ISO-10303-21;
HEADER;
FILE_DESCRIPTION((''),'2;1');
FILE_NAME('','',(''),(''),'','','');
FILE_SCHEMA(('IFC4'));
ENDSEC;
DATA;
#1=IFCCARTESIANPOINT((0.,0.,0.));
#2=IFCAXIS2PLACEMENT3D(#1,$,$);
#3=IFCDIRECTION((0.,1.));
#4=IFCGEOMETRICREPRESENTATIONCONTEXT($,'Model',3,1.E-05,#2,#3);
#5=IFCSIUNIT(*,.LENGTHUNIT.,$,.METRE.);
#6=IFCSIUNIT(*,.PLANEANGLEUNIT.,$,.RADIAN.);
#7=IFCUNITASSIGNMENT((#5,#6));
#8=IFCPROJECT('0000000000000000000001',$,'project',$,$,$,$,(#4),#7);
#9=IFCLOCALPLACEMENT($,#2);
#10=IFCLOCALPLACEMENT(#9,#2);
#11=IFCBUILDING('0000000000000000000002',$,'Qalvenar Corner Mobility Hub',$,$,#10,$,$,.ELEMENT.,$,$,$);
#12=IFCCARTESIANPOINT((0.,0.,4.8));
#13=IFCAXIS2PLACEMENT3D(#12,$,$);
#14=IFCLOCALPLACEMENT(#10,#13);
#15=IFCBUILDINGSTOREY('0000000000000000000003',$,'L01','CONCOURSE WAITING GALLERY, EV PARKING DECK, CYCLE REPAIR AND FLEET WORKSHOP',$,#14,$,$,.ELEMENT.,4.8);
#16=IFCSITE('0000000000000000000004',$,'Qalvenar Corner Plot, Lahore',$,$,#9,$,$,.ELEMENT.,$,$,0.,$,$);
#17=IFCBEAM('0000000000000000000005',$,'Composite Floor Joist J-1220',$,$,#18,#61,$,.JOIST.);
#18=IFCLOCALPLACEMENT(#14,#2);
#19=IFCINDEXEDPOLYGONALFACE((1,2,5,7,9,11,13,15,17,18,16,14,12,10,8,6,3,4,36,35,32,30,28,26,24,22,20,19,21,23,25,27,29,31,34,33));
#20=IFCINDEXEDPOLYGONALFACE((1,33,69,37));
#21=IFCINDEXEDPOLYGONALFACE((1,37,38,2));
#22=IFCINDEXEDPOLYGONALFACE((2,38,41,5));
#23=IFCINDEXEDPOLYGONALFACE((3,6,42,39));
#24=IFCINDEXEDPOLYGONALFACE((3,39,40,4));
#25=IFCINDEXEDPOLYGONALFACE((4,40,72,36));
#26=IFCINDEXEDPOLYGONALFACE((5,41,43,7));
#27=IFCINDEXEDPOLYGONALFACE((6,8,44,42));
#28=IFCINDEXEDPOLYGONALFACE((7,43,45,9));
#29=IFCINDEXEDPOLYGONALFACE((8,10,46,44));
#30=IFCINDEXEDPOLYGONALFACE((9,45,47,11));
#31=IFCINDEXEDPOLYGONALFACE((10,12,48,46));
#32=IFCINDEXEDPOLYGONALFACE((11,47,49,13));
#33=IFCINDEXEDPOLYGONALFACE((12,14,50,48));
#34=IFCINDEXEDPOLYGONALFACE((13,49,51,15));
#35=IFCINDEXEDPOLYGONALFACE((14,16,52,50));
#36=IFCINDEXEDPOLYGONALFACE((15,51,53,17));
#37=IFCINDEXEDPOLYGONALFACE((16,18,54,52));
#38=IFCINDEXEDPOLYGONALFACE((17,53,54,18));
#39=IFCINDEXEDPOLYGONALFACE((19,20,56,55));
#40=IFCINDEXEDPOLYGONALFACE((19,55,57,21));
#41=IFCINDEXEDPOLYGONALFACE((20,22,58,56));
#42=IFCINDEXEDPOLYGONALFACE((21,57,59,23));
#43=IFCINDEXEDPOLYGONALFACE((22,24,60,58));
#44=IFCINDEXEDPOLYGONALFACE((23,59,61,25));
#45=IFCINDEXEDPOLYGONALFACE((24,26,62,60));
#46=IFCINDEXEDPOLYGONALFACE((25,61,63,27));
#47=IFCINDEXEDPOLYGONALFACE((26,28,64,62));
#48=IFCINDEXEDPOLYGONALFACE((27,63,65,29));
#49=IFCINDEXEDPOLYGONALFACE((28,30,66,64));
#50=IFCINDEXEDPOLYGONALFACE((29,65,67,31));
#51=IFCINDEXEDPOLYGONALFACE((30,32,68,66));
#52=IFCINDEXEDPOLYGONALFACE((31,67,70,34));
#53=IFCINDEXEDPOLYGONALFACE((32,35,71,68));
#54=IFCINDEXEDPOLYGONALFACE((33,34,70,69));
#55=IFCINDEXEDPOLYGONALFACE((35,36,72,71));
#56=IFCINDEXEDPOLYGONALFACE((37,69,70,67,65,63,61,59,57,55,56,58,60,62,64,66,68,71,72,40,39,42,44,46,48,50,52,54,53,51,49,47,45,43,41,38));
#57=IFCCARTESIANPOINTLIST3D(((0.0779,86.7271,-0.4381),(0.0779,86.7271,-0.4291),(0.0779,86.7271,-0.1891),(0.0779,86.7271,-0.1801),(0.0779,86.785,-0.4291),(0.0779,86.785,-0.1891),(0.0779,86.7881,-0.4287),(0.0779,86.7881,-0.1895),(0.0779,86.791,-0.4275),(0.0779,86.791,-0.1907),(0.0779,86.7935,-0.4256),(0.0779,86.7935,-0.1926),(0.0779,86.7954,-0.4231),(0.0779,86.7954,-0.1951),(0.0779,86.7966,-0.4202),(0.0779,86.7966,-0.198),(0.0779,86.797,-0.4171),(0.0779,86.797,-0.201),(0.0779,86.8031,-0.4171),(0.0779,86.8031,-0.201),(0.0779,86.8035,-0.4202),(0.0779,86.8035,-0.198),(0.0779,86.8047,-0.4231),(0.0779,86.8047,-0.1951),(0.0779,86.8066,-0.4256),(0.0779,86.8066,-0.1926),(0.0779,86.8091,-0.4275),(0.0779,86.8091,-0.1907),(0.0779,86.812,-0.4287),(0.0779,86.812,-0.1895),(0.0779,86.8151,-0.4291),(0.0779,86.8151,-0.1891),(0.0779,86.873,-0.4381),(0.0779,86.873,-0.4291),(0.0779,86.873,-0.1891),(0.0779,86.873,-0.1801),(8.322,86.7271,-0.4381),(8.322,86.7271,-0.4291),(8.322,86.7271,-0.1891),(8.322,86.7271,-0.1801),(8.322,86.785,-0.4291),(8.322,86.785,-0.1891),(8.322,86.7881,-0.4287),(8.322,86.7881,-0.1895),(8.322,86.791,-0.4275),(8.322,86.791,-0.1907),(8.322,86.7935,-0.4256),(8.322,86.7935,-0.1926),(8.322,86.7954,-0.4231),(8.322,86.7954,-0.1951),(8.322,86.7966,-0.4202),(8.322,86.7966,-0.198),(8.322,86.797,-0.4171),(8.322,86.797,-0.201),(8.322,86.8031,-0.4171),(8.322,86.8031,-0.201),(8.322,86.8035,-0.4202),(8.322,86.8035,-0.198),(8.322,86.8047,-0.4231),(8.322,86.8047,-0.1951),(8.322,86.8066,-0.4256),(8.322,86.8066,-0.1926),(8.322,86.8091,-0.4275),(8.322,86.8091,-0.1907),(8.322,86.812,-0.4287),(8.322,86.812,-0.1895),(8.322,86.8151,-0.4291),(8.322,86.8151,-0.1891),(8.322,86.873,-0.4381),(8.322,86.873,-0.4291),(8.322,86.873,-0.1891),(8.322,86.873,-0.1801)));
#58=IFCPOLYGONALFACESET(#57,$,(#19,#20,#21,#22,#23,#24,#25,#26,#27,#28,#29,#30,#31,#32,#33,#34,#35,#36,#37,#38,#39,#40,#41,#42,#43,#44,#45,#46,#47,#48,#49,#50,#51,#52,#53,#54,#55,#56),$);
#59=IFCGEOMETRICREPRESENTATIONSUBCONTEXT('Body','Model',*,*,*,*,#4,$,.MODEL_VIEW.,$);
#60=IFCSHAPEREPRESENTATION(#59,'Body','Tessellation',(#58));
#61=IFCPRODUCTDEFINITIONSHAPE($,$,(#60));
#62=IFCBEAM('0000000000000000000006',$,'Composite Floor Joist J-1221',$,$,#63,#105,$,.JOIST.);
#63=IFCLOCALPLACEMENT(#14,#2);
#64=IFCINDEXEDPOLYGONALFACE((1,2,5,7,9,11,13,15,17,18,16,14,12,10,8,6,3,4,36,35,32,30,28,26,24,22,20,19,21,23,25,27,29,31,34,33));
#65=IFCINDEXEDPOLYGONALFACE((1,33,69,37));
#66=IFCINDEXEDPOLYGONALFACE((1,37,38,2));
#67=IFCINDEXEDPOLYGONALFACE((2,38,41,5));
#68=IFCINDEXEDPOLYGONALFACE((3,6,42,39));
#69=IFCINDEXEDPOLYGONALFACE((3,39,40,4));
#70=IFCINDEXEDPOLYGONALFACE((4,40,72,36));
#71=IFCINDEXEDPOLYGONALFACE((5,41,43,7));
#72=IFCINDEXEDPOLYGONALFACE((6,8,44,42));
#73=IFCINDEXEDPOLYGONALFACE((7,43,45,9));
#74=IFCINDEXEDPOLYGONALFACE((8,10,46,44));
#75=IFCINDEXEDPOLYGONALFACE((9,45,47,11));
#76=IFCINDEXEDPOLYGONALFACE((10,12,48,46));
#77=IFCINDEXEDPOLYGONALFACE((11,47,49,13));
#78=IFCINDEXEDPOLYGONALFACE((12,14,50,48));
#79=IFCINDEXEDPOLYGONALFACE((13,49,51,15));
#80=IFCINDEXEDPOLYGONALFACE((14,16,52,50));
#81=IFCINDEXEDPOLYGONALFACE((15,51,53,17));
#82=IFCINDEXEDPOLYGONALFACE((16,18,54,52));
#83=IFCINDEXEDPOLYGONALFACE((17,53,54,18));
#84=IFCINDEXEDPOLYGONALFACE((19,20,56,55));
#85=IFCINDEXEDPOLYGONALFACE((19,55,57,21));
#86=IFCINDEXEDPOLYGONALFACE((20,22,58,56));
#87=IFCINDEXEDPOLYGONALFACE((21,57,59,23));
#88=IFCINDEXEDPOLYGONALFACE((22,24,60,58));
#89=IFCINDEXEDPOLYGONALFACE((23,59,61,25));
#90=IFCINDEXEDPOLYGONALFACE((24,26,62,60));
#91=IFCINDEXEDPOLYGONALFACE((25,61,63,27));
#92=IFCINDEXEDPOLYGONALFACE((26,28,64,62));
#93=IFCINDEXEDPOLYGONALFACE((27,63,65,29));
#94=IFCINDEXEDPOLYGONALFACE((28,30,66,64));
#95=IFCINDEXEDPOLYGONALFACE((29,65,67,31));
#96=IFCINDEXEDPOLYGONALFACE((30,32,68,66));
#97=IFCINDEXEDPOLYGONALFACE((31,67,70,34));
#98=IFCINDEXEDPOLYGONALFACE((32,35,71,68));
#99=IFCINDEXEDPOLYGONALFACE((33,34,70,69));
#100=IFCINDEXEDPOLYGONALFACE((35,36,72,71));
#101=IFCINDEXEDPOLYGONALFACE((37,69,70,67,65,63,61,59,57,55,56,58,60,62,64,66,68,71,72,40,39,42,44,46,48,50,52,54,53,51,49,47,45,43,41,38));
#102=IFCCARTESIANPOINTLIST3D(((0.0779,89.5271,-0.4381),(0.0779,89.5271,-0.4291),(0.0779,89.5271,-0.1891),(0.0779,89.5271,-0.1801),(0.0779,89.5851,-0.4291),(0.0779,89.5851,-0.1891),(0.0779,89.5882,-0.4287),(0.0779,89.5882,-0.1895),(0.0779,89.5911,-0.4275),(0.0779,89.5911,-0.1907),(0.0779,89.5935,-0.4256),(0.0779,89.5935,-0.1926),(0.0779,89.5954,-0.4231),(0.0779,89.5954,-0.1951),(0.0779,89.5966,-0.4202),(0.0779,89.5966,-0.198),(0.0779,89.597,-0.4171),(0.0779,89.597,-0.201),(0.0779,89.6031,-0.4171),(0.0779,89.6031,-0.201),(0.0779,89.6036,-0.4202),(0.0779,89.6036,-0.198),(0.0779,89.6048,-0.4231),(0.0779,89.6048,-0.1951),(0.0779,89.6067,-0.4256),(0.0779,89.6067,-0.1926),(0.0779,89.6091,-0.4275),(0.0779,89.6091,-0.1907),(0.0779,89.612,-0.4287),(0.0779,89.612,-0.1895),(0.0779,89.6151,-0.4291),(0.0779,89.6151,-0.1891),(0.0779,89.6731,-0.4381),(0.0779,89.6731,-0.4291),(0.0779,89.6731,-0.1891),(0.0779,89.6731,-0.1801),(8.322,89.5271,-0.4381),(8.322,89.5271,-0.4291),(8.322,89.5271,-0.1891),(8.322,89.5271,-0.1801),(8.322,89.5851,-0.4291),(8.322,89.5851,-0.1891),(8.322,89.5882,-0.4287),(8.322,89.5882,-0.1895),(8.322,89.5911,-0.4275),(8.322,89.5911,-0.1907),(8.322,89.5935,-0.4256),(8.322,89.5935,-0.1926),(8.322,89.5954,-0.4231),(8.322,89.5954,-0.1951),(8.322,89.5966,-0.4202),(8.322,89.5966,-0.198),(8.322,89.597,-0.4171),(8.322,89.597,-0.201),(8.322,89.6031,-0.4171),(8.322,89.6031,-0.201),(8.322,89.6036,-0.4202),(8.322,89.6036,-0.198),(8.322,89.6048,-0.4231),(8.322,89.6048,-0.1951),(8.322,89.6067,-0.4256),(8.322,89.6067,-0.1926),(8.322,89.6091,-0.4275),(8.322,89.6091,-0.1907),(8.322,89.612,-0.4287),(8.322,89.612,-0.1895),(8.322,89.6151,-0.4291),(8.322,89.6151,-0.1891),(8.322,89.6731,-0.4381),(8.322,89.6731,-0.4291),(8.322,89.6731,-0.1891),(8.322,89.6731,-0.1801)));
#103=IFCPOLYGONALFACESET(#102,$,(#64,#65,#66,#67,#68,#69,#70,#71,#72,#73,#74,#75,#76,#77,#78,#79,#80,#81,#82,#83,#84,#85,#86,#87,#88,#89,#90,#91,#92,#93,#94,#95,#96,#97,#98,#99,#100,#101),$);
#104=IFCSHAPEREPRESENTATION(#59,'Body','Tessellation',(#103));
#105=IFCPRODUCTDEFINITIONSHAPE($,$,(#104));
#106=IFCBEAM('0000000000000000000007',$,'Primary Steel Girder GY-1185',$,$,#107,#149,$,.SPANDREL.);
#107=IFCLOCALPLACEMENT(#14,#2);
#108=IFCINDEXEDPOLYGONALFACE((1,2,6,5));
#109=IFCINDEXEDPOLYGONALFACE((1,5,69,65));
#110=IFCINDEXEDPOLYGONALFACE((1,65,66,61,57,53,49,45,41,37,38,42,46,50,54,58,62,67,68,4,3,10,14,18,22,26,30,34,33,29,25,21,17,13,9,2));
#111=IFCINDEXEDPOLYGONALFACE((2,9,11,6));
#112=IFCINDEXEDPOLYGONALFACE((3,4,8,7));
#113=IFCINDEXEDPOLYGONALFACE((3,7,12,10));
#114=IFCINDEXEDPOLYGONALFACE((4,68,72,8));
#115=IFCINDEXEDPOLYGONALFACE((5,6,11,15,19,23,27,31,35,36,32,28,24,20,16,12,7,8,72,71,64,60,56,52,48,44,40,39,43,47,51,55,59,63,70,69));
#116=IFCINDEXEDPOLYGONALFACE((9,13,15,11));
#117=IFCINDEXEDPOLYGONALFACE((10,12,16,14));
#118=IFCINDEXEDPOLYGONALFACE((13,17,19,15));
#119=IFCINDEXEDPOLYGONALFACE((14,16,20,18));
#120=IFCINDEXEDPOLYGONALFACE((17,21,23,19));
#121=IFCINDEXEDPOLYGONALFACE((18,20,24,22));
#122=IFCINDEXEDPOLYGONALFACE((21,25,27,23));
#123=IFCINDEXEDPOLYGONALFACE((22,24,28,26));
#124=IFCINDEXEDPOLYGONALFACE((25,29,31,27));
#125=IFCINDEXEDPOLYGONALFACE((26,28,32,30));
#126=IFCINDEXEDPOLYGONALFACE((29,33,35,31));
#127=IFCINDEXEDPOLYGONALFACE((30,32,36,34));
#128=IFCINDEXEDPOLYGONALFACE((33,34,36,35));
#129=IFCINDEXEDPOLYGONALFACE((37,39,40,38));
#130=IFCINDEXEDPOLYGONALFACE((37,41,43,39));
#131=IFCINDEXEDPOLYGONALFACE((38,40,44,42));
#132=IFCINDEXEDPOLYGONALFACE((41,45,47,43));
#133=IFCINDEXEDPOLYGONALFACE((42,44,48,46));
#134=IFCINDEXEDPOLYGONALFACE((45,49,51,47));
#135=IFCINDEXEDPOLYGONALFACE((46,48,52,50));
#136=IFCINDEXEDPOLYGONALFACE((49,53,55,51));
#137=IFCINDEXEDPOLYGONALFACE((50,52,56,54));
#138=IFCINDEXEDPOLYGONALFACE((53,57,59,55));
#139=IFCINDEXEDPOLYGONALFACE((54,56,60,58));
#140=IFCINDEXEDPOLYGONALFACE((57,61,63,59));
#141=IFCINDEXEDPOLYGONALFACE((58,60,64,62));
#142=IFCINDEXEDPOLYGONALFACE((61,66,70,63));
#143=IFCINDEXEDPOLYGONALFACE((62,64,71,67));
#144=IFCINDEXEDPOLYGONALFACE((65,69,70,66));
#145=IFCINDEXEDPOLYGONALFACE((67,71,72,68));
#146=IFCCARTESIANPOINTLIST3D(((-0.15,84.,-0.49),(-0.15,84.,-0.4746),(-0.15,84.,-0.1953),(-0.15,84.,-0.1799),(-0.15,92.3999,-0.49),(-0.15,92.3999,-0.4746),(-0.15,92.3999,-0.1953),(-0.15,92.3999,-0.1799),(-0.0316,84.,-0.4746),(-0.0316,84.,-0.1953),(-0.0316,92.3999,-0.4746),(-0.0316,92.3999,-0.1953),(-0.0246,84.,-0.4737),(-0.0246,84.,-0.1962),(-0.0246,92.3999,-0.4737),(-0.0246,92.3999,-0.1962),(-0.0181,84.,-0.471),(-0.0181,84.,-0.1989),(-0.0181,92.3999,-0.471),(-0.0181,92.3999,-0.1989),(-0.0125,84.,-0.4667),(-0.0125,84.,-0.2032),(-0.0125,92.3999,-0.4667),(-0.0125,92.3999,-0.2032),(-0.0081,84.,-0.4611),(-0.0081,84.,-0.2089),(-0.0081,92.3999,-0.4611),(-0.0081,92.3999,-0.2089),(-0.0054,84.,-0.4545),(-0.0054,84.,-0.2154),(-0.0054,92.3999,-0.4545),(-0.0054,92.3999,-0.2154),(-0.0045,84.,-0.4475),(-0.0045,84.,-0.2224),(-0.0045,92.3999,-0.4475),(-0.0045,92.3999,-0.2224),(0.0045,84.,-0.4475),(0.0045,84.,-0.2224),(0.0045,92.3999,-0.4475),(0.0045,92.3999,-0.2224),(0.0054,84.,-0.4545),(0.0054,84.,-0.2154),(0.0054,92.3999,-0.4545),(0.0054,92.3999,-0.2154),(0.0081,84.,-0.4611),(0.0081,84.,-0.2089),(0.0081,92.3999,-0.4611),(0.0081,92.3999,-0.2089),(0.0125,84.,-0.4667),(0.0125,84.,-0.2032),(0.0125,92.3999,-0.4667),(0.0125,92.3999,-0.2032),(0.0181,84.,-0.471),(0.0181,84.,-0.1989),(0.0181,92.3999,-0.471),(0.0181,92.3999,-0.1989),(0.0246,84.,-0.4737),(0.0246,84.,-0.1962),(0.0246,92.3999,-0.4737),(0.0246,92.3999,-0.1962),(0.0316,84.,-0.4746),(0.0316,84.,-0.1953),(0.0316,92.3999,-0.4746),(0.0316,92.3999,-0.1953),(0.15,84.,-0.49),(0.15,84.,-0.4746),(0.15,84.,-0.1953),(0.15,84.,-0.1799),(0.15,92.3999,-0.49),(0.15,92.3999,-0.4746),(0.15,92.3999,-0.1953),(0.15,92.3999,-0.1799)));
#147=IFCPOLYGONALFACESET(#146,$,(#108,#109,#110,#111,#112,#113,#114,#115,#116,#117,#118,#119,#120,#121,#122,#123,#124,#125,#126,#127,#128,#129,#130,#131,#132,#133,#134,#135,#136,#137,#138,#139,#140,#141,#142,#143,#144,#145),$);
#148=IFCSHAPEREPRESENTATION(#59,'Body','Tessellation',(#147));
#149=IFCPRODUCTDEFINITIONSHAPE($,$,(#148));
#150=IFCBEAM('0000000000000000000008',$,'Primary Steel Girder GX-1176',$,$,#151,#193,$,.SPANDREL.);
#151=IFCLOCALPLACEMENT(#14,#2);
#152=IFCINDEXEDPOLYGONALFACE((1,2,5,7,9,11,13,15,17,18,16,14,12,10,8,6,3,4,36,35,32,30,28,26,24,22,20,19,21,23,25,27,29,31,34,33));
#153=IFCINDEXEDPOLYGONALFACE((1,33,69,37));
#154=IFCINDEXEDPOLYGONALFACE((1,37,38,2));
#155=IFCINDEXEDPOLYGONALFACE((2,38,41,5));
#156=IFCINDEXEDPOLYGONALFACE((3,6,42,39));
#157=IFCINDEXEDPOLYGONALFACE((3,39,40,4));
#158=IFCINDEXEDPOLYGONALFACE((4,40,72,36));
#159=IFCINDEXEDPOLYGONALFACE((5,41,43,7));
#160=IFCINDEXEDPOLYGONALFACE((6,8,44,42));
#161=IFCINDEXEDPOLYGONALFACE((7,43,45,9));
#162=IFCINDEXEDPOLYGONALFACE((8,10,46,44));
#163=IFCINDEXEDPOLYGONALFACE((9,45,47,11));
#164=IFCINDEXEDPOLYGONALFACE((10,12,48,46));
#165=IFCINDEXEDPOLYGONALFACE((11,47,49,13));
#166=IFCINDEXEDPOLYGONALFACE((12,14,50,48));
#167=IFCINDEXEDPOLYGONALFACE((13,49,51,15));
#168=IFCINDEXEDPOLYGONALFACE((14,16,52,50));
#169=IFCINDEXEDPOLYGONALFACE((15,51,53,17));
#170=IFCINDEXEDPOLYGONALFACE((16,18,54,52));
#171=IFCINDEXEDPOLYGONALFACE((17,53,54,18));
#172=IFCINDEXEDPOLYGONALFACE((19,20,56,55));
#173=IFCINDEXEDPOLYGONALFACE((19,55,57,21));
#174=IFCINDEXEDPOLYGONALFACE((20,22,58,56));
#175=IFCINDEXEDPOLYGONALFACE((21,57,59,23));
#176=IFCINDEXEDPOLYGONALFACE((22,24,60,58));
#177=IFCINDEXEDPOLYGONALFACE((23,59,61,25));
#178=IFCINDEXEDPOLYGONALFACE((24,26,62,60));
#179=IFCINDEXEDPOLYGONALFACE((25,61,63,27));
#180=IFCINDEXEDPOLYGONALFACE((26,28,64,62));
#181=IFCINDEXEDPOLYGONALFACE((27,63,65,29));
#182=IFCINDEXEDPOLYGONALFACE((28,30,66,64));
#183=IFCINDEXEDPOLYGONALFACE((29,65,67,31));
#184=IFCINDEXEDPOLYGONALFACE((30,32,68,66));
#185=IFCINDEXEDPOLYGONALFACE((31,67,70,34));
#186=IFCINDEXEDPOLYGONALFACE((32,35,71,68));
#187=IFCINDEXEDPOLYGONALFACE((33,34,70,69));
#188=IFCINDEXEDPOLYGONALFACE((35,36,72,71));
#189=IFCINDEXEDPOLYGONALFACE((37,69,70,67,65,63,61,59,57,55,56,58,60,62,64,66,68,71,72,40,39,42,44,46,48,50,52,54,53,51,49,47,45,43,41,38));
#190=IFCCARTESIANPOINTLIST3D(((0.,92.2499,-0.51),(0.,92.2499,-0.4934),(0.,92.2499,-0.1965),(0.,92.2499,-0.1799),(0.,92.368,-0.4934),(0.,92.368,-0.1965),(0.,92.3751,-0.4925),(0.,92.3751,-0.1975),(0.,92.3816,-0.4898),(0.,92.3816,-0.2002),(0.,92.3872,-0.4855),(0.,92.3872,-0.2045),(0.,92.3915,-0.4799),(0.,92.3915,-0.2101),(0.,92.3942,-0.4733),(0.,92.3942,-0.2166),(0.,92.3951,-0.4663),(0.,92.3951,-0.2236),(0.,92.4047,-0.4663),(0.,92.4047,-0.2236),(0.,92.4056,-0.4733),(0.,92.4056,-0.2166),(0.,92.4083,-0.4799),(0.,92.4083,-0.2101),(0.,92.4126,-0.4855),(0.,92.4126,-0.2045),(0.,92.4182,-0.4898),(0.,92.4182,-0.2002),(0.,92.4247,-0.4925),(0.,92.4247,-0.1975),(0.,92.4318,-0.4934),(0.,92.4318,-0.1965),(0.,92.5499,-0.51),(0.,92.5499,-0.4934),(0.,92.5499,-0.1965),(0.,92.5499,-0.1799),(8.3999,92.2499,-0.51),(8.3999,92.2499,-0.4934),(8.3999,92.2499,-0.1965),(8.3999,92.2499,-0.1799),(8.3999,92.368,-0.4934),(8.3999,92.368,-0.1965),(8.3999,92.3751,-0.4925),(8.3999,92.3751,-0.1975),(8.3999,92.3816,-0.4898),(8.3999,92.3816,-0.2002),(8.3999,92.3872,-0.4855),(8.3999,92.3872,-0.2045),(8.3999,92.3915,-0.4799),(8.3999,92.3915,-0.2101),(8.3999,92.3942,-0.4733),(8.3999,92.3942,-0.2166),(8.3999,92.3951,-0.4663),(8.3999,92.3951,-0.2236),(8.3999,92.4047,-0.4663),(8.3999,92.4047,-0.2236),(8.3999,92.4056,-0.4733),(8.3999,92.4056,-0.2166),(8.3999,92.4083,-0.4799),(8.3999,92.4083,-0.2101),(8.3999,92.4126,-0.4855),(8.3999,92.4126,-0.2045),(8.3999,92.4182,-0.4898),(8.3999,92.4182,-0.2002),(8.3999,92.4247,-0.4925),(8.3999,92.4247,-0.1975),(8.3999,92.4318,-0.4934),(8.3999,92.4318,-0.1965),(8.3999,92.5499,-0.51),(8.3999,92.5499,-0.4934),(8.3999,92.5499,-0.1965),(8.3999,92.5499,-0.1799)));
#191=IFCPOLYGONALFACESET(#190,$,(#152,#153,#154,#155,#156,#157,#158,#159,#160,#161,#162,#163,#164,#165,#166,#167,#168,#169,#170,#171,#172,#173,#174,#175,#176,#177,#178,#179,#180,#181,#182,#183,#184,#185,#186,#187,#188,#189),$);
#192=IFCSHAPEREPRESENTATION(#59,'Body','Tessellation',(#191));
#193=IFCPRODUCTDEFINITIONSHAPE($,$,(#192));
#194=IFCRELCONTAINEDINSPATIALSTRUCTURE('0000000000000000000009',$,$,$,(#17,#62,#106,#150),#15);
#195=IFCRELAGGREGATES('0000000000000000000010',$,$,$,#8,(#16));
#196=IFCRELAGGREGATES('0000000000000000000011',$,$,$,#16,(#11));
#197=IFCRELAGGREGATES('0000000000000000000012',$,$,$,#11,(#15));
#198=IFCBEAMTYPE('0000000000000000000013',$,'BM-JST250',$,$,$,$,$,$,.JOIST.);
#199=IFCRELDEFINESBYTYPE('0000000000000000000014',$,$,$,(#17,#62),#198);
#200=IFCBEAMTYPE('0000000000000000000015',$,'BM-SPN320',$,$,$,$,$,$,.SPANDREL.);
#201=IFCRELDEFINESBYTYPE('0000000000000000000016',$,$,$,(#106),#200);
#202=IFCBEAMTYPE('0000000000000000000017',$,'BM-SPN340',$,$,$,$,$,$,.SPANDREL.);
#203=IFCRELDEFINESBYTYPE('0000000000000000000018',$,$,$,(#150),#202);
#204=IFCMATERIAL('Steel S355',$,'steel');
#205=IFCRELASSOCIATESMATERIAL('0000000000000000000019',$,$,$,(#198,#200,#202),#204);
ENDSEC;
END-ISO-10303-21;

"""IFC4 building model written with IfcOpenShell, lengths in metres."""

from ifc_helpers import new_model, si_unit, direction, frame, origin, origin_2d, place, context, subcontext, project, spatial, i_section, extrude, material, material_profile, profile_set, type_object, element, save


model = new_model("IFC4")

# Units and contexts
model_context = context("Model", 3, precision=1e-05, world=origin(), true_north=direction((0.0, 1.0)))
body_context = subcontext(model_context, "Body", "Model", "MODEL_VIEW")
ifc_project = project(units=[si_unit("LENGTHUNIT", "METRE"), si_unit("PLANEANGLEUNIT", "RADIAN")], contexts=[model_context])

# Site, building, storey
site_placement = place(None, origin())
site = spatial("IfcSite", under=ifc_project, at=site_placement, Name="Qalvenar Corner Plot, Lahore", CompositionType="ELEMENT", RefElevation=0.0)
building_placement = place(site_placement, origin())
building = spatial("IfcBuilding", under=site, at=building_placement, Name="Qalvenar Corner Mobility Hub", CompositionType="ELEMENT")
storey_placement = place(building_placement, frame((0.0, 0.0, 4.8)))
storey = spatial("IfcBuildingStorey", under=building, at=storey_placement, Name="L01", Description="CONCOURSE WAITING GALLERY, EV PARKING DECK, CYCLE REPAIR AND FLEET WORKSHOP", CompositionType="ELEMENT", Elevation=4.8)

# Shared definitions
ifc_material_1 = material(Name="Steel S355", Category="steel")

# Beams
ifc_material_profile_1 = material_profile(ifc_material_1, i_section(OverallWidth=0.146, OverallDepth=0.2581, WebThickness=0.0061, FlangeThickness=0.009, FilletRadius=0.012, at=origin_2d()), Name="W250x32.7")
ifc_profile_set_1 = profile_set([ifc_material_profile_1], Name="Steel S355")
beam_type_1 = type_object("IfcBeamType", Name="BM-JST250", PredefinedType="JOIST", material=ifc_profile_set_1)
for number, where, z_axis, x_axis, name in (
    (1, (0.0779, 86.8, -0.3091), (1.0, 0.0, 0.0), (0.0, 1.0, 0.0), "Composite Floor Joist J-1220"),
    (2, (0.0779, 89.6001, -0.3091), (1.0, 0.0, 0.0), (0.0, 1.0, 0.0), "Composite Floor Joist J-1221"),
):
    element("IfcBeam", number, at=place(storey_placement, frame(where, z_axis=z_axis, x_axis=x_axis)), inside=storey, type_object=beam_type_1, Name=name, PredefinedType="JOIST", context=body_context, shape_type="SweptSolid", body=[
        extrude(i_section(OverallWidth=0.146, OverallDepth=0.2581, WebThickness=0.0061, FlangeThickness=0.009, FilletRadius=0.012, at=origin_2d()), origin(), (0.0, 0.0, 1.0), 8.2441),
    ])
ifc_material_profile_2 = material_profile(ifc_material_1, i_section(OverallWidth=0.3, OverallDepth=0.3101, WebThickness=0.009, FlangeThickness=0.0154, FilletRadius=0.0271, at=origin_2d()), Name="HEA320")
ifc_profile_set_2 = profile_set([ifc_material_profile_2], Name="Steel S355")
beam_type_2 = type_object("IfcBeamType", Name="BM-SPN320", PredefinedType="SPANDREL", material=ifc_profile_set_2)
beam_1_placement = place(storey_placement, frame((0.0, 84.0, -0.335), z_axis=(0.0, 1.0, 0.0), x_axis=(-1.0, 0.0, 0.0)))
element("IfcBeam", 3, at=beam_1_placement, inside=storey, type_object=beam_type_2, Name="Primary Steel Girder GY-1185", PredefinedType="SPANDREL", context=body_context, shape_type="SweptSolid", body=[
    extrude(i_section(OverallWidth=0.3, OverallDepth=0.3101, WebThickness=0.009, FlangeThickness=0.0154, FilletRadius=0.0271, at=origin_2d()), origin(), (0.0, 0.0, 1.0), 8.3999),
])
ifc_material_profile_3 = material_profile(ifc_material_1, i_section(OverallWidth=0.3, OverallDepth=0.3301, WebThickness=0.0095, FlangeThickness=0.0166, FilletRadius=0.0271, at=origin_2d()), Name="HEA340")
ifc_profile_set_3 = profile_set([ifc_material_profile_3], Name="Steel S355")
beam_type_3 = type_object("IfcBeamType", Name="BM-SPN340", PredefinedType="SPANDREL", material=ifc_profile_set_3)
beam_2_placement = place(storey_placement, frame((0.0, 92.3999, -0.345), z_axis=(1.0, 0.0, 0.0), x_axis=(0.0, 1.0, 0.0)))
element("IfcBeam", 4, at=beam_2_placement, inside=storey, type_object=beam_type_3, Name="Primary Steel Girder GX-1176", PredefinedType="SPANDREL", context=body_context, shape_type="SweptSolid", body=[
    extrude(i_section(OverallWidth=0.3, OverallDepth=0.3301, WebThickness=0.0095, FlangeThickness=0.0166, FilletRadius=0.0271, at=origin_2d()), origin(), (0.0, 0.0, 1.0), 8.3999),
])

save(model, "model.ifc")
